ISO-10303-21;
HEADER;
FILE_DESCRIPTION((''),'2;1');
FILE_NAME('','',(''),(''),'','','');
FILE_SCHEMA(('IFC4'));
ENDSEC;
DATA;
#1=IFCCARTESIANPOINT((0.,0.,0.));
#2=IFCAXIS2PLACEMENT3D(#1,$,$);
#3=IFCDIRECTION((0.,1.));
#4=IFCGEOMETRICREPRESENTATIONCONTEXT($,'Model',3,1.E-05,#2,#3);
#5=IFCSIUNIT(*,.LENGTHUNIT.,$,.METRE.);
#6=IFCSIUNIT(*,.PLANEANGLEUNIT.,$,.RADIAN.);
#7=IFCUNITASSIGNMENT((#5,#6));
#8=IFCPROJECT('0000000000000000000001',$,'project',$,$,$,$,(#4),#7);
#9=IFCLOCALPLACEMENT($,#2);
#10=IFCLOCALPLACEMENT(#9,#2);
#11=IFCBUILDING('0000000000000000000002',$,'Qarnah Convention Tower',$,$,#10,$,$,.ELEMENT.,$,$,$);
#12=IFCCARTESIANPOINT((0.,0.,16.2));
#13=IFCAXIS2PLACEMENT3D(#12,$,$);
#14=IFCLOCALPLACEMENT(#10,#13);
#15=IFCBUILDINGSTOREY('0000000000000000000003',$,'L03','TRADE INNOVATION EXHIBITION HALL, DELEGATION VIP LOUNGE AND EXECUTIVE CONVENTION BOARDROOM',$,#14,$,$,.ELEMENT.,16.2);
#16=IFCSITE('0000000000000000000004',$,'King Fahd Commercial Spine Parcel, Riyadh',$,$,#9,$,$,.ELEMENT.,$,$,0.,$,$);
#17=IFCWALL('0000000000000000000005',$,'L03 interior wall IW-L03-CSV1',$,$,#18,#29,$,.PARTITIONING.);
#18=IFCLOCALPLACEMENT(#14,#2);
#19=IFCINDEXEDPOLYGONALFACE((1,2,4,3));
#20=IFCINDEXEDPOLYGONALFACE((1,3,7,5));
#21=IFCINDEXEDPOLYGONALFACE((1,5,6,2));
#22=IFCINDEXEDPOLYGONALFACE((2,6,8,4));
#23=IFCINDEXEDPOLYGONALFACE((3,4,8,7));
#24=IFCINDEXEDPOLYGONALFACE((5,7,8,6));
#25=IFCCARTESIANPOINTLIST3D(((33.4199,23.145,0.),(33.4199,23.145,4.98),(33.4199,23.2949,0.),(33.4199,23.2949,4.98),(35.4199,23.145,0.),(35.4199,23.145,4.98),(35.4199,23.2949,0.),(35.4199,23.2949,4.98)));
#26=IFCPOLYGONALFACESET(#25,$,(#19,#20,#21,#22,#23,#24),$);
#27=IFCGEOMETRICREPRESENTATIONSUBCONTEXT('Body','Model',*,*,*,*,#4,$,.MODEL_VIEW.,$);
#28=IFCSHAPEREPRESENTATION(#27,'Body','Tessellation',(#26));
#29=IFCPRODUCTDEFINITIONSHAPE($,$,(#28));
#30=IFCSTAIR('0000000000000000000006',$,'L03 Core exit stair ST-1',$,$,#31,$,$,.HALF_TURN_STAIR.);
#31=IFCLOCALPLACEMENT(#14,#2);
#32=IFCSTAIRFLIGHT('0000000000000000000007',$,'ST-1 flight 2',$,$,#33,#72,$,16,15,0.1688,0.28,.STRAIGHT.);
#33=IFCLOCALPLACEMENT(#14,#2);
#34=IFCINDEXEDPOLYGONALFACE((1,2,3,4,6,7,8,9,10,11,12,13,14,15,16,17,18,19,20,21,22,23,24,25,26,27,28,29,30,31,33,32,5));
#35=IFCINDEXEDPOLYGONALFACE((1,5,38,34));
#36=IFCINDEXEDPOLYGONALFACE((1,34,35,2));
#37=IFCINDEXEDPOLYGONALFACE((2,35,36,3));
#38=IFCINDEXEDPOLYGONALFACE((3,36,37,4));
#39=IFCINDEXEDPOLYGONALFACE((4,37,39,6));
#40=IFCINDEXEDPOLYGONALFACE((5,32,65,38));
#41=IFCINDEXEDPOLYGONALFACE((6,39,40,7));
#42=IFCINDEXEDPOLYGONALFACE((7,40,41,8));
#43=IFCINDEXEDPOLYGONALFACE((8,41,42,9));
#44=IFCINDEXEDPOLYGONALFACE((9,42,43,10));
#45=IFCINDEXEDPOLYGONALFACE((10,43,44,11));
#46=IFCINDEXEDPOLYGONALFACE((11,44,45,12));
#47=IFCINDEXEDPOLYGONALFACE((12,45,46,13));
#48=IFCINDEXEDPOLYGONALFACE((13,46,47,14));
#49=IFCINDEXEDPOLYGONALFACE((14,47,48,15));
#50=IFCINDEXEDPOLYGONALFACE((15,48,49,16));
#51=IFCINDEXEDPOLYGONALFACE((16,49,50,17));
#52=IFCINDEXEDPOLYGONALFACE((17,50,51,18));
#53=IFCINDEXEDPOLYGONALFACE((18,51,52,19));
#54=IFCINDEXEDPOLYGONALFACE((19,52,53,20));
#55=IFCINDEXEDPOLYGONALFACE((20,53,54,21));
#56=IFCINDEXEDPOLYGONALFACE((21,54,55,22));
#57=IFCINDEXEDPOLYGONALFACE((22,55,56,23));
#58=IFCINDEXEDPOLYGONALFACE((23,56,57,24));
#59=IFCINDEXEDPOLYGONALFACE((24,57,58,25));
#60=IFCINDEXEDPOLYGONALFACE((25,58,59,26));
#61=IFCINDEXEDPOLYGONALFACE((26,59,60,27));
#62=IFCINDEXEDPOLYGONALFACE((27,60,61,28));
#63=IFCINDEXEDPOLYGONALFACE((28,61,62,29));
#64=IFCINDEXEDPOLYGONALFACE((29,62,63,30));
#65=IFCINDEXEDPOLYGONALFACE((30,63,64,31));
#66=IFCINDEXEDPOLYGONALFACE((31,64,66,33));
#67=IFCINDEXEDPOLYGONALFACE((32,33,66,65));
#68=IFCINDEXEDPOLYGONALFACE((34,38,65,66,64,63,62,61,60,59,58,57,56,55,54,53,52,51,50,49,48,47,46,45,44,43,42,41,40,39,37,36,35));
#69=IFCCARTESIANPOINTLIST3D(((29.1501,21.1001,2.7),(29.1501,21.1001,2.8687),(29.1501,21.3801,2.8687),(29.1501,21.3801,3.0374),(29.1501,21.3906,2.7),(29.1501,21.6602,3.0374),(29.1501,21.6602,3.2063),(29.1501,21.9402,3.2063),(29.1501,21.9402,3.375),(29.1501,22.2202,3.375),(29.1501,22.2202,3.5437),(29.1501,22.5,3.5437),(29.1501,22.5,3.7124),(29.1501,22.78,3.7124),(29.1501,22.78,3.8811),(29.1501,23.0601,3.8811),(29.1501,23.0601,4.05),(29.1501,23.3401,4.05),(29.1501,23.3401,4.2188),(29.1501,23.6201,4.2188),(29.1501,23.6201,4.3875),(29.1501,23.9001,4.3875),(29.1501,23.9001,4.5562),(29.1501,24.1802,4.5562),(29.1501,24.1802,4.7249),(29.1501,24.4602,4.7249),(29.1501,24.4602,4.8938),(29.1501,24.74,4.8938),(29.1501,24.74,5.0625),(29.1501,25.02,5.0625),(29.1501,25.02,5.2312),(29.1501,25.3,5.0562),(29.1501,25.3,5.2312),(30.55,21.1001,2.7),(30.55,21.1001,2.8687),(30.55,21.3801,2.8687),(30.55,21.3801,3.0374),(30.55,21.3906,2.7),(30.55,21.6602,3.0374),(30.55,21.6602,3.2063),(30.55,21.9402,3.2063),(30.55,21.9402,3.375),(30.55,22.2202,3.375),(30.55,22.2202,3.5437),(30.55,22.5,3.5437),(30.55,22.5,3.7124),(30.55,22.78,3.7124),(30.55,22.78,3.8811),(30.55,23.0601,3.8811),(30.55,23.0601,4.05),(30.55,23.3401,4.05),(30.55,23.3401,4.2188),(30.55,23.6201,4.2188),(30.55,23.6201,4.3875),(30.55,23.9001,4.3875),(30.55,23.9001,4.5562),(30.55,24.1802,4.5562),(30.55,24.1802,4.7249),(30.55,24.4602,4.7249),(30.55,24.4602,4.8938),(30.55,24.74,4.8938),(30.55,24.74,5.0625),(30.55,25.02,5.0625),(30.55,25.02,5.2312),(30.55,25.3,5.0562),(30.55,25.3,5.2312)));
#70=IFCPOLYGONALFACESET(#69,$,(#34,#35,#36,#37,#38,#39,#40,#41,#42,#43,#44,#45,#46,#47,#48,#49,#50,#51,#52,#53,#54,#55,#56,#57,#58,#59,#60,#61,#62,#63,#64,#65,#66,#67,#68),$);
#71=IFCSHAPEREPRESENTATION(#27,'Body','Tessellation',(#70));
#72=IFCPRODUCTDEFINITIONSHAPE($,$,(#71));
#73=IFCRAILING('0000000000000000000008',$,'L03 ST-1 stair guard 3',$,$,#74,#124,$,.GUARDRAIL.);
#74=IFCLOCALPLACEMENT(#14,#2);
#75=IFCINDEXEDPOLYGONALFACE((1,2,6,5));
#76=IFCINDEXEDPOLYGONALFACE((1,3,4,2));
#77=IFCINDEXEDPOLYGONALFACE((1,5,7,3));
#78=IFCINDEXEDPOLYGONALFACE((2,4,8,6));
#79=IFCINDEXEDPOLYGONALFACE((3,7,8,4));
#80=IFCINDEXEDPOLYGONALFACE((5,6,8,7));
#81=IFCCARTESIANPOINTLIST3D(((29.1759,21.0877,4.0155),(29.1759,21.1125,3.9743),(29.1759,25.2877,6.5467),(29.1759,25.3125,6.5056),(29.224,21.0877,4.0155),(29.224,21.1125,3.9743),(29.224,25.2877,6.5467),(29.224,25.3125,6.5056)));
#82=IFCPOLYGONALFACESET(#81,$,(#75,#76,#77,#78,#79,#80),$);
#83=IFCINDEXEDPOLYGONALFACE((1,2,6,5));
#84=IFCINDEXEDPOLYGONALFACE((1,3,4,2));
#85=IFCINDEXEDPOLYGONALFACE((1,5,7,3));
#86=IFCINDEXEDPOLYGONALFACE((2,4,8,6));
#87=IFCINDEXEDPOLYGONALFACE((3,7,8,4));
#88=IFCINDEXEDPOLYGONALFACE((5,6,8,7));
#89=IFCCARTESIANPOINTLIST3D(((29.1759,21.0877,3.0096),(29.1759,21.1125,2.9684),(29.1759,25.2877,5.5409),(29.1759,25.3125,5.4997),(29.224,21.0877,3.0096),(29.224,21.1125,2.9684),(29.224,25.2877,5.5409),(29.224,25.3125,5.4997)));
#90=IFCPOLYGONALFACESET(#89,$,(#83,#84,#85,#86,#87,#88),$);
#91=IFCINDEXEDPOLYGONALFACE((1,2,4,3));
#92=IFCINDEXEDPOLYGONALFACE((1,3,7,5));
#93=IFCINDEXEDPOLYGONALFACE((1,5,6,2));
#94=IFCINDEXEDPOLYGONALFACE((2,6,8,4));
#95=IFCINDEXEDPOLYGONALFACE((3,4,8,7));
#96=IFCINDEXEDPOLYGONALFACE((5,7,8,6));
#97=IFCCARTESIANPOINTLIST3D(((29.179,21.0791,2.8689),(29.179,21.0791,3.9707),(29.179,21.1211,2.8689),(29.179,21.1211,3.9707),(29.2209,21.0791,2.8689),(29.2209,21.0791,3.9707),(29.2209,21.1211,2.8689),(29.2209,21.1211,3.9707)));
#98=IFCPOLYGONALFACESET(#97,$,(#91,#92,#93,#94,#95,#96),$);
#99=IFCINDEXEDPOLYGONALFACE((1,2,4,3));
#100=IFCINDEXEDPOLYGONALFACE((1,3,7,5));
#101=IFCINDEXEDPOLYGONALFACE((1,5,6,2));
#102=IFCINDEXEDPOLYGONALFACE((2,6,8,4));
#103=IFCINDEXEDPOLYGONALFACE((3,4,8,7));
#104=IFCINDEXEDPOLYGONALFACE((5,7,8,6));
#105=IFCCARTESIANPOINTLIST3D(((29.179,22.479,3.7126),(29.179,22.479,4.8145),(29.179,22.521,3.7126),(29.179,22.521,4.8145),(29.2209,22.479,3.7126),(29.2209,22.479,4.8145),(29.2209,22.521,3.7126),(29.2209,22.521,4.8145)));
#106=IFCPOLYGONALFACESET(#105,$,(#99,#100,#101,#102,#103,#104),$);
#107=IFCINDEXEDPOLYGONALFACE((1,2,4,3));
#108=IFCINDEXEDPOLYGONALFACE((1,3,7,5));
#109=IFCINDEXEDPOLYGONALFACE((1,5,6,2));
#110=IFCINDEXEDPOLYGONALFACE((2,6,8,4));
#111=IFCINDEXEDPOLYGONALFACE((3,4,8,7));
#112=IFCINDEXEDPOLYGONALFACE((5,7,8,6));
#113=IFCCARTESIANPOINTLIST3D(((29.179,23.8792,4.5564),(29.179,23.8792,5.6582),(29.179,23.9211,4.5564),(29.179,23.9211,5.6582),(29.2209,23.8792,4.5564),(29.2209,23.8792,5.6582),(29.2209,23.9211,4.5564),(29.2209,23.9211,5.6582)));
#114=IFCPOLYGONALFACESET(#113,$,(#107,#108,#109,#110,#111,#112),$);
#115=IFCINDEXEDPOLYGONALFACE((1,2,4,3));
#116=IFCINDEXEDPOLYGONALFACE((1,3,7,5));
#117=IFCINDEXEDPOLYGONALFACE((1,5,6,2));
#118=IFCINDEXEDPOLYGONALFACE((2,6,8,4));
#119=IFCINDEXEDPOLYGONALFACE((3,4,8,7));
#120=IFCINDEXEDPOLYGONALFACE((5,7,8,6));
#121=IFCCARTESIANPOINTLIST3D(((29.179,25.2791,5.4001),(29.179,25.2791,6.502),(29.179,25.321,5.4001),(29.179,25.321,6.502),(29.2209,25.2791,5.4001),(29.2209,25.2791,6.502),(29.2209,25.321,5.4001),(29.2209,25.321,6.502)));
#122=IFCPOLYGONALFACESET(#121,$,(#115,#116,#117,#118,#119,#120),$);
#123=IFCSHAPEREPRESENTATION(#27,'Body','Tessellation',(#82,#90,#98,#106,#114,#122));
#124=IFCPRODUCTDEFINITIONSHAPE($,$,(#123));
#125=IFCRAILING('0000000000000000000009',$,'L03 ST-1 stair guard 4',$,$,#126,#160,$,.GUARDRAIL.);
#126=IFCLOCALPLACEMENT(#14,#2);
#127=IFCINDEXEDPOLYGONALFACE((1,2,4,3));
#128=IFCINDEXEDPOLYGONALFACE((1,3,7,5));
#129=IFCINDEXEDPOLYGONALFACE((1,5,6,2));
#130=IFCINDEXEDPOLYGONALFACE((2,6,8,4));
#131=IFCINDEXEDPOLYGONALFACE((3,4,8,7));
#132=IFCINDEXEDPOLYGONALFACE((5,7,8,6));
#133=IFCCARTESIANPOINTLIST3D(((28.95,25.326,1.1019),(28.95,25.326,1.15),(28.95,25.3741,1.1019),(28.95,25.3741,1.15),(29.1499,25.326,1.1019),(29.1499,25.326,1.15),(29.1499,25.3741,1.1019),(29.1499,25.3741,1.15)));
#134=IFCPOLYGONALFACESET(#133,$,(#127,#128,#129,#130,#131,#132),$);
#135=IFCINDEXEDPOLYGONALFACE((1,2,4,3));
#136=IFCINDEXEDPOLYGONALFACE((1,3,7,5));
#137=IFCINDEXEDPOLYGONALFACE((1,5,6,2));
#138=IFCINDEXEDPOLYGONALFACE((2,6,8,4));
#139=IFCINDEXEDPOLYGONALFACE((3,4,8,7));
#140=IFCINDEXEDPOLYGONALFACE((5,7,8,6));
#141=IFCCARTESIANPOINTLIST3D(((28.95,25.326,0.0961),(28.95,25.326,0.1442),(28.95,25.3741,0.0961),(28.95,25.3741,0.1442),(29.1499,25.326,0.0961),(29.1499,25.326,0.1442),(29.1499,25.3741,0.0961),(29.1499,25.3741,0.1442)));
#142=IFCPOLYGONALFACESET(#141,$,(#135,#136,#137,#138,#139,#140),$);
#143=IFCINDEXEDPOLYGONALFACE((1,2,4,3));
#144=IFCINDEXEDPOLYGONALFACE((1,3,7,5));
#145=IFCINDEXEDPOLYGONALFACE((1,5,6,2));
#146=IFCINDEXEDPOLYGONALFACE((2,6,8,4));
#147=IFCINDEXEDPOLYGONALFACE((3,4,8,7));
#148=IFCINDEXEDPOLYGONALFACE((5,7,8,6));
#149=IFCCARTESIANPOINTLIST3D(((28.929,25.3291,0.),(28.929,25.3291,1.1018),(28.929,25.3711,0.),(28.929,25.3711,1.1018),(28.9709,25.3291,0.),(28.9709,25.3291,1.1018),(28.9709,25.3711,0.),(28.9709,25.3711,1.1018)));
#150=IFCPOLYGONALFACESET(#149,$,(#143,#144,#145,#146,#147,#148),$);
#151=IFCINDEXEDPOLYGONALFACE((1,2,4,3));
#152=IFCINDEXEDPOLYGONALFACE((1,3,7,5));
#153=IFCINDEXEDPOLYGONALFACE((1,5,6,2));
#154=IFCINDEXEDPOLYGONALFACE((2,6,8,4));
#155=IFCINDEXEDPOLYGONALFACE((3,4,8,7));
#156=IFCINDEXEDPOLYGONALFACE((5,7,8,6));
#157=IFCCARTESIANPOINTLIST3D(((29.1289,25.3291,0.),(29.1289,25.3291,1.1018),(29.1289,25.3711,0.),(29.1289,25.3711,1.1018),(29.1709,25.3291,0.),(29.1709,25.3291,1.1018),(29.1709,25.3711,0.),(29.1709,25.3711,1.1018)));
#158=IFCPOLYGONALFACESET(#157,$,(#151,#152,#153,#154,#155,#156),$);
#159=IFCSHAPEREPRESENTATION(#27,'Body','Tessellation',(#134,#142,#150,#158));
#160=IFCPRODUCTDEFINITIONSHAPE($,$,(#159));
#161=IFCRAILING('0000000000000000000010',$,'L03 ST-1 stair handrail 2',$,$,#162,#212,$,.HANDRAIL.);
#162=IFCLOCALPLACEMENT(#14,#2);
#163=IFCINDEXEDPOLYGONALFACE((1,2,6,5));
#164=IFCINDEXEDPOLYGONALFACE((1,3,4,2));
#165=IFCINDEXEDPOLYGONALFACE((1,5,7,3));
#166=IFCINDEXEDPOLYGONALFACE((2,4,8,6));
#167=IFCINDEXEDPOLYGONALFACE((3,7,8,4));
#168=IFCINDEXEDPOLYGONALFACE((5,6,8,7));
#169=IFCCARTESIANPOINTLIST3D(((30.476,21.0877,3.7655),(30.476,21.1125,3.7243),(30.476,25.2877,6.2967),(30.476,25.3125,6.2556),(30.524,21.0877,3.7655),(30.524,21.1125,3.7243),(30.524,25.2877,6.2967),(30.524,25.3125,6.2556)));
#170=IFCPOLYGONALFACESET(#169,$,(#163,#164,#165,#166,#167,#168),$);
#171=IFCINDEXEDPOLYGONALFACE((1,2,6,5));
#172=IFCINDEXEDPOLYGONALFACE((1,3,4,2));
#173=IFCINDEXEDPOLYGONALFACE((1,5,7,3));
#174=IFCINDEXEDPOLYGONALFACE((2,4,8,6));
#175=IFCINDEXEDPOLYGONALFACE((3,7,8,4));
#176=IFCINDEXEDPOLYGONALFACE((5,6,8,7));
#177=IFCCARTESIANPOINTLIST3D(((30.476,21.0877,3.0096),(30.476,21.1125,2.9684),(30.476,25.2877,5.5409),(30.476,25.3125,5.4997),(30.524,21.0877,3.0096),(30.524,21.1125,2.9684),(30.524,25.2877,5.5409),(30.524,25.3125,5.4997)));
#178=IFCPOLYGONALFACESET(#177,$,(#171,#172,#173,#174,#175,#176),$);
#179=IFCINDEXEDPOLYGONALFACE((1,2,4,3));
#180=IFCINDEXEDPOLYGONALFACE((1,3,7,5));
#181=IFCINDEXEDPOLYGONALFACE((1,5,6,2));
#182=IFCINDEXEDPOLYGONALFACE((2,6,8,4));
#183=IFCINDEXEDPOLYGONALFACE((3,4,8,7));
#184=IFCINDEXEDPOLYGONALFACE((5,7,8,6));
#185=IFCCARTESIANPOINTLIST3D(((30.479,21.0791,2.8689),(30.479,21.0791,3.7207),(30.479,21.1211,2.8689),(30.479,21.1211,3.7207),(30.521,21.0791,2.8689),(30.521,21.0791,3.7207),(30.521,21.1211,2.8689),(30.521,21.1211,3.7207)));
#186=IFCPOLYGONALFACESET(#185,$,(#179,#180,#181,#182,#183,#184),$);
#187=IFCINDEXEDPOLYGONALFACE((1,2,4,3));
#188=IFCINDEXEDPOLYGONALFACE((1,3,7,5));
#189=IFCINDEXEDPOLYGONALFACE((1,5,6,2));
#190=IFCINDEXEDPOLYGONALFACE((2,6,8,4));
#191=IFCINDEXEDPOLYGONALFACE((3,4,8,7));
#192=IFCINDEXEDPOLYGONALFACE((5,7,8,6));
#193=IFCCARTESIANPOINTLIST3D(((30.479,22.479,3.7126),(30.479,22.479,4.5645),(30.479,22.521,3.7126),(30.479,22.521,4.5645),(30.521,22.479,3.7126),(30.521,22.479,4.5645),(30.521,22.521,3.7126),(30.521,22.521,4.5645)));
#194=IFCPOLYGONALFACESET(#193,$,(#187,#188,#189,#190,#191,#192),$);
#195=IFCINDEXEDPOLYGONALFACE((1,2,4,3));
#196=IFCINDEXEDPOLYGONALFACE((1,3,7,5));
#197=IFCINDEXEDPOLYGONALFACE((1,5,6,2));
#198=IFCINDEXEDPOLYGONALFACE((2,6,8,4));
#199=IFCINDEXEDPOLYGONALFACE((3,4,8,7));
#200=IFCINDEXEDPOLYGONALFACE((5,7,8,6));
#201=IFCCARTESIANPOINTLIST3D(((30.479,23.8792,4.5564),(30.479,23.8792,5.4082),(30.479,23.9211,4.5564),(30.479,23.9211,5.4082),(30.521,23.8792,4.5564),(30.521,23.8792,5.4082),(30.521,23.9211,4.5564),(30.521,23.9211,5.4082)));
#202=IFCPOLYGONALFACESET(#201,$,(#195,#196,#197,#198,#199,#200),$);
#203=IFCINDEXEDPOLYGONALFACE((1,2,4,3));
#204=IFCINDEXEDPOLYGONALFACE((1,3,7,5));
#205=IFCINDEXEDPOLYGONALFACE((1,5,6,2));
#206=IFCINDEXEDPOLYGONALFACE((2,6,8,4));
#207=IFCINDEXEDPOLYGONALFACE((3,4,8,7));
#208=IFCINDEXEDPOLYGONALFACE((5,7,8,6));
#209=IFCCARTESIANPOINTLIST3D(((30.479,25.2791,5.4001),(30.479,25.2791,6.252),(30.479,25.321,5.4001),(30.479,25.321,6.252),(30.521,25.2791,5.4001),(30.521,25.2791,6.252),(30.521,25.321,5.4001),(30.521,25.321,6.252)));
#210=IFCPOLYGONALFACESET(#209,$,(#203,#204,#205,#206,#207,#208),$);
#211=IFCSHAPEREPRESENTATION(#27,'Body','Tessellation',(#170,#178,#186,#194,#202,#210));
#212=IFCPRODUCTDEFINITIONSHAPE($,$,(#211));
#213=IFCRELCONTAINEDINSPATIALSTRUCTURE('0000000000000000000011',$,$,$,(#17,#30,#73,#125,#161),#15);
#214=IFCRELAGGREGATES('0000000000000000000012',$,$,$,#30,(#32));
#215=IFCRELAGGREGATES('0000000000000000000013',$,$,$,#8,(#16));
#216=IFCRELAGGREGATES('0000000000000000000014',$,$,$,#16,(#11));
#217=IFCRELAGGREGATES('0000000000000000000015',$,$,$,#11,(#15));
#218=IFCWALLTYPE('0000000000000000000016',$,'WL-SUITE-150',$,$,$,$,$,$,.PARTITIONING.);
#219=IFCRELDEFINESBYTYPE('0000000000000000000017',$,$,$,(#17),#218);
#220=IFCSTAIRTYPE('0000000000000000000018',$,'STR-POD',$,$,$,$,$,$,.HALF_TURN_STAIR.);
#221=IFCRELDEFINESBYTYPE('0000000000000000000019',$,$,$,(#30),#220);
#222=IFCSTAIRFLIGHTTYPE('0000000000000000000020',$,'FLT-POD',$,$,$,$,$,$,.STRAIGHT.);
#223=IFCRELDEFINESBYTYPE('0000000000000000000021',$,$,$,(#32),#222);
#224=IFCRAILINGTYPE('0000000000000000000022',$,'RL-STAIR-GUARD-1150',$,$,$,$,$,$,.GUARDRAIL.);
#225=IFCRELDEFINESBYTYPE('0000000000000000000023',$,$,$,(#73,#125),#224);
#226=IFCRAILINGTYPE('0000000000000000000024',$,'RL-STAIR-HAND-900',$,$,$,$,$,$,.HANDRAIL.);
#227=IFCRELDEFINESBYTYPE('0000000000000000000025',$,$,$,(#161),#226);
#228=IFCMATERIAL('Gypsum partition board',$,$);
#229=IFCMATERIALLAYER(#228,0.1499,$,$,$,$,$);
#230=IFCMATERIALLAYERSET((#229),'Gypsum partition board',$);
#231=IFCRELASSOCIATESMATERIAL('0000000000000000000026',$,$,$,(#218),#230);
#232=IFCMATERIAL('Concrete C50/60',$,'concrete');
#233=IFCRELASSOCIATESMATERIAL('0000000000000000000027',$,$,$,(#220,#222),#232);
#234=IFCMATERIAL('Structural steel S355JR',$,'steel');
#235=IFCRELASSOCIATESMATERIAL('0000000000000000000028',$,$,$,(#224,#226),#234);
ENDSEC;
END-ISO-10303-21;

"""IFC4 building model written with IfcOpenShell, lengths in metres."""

from ifc_helpers import new_model, si_unit, direction, frame, frame_2d, origin, origin_2d, place, context, subcontext, project, spatial, polyline, rectangle, outline, extrude, material, layer, layer_set, type_object, element, aggregate, save


model = new_model("IFC4")

# Units and contexts
model_context = context("Model", 3, precision=1e-05, world=origin(), true_north=direction((0.0, 1.0)))
body_context = subcontext(model_context, "Body", "Model", "MODEL_VIEW")
ifc_project = project(units=[si_unit("LENGTHUNIT", "METRE"), si_unit("PLANEANGLEUNIT", "RADIAN")], contexts=[model_context])

# Site, building, storey
site_placement = place(None, origin())
site = spatial("IfcSite", under=ifc_project, at=site_placement, Name="King Fahd Commercial Spine Parcel, Riyadh", CompositionType="ELEMENT", RefElevation=0.0)
building_placement = place(site_placement, origin())
building = spatial("IfcBuilding", under=site, at=building_placement, Name="Qarnah Convention Tower", CompositionType="ELEMENT")
storey_placement = place(building_placement, frame((0.0, 0.0, 16.2)))
storey = spatial("IfcBuildingStorey", under=building, at=storey_placement, Name="L03", Description="TRADE INNOVATION EXHIBITION HALL, DELEGATION VIP LOUNGE AND EXECUTIVE CONVENTION BOARDROOM", CompositionType="ELEMENT", Elevation=16.2)

# Shared definitions
ifc_material_1 = material(Name="Structural steel S355JR", Category="steel")

# Wall
ifc_material_2 = material(Name="Gypsum partition board")
ifc_layer_1 = layer(ifc_material_2, 0.1499)
ifc_layer_set_1 = layer_set([ifc_layer_1], Name="Gypsum partition board")
wall_type_1 = type_object("IfcWallType", Name="WL-SUITE-150", PredefinedType="PARTITIONING", material=ifc_layer_set_1)
wall_1_placement = place(storey_placement, frame((33.4199, 23.22, 0.0), z_axis=(0.0, 0.0, 1.0), x_axis=(1.0, 0.0, 0.0)))
element("IfcWall", 1, at=wall_1_placement, inside=storey, type_object=wall_type_1, Name="L03 interior wall IW-L03-CSV1", PredefinedType="PARTITIONING", context=body_context, shape_type="SweptSolid", body=[
    extrude(rectangle(XDim=2.0, YDim=0.1499, at=frame_2d((1.0, 0.0))), origin(), (0.0, 0.0, 1.0), 4.98),
])

# Stair, stair flight
ifc_material_3 = material(Name="Concrete C50/60", Category="concrete")
stair_type = type_object("IfcStairType", Name="STR-POD", PredefinedType="HALF_TURN_STAIR", material=ifc_material_3)
stair_placement = place(storey_placement, origin())
stair = element("IfcStair", 2, at=stair_placement, inside=storey, type_object=stair_type, Name="L03 Core exit stair ST-1", PredefinedType="HALF_TURN_STAIR")
stair_flight_type = type_object("IfcStairFlightType", Name="FLT-POD", PredefinedType="STRAIGHT", material=ifc_material_3)
stair_flight_placement = place(storey_placement, frame((29.8501, 21.1001, 2.7), z_axis=(0.0, 0.0, 1.0), x_axis=(0.0, 1.0, 0.0)))
stair_flight = element("IfcStairFlight", 3, at=stair_flight_placement, type_object=stair_flight_type, Name="ST-1 flight 2", NumberOfRisers=16, NumberOfTreads=15, PredefinedType="STRAIGHT", RiserHeight=0.1688, TreadLength=0.28, context=body_context, shape_type="SweptSolid", body=[
    extrude(outline(polyline([(0.0, 0.0), (0.0, 0.1687), (0.28, 0.1687), (0.28, 0.3374), (0.5601, 0.3374), (0.5601, 0.5063), (0.8401, 0.5063), (0.8401, 0.675), (1.1201, 0.675), (1.1201, 0.8438), (1.3999, 0.8438), (1.3999, 1.0125), (1.6799, 1.0125), (1.6799, 1.1812), (1.96, 1.1812), (1.96, 1.3501), (2.24, 1.3501), (2.24, 1.5188), (2.52, 1.5188), (2.52, 1.6875), (2.8, 1.6875), (2.8, 1.8562), (3.0801, 1.8562), (3.0801, 2.0249), (3.3601, 2.0249), (3.3601, 2.1938), (3.6399, 2.1938), (3.6399, 2.3625), (3.9199, 2.3625), (3.9199, 2.5312), (4.2, 2.5312), (4.2, 2.7), (4.2, 2.3562), (0.2905, 0.0), (0.0, 0.0)])), frame((0.0, 0.7, 0.0), z_axis=(0.0, -1.0, 0.0), x_axis=(1.0, 0.0, 0.0)), (0.0, 0.0, 1.0), 1.3999),
])
aggregate(stair, [stair_flight])

# Railings
railing_type_1 = type_object("IfcRailingType", Name="RL-STAIR-GUARD-1150", PredefinedType="GUARDRAIL", material=ifc_material_1)
railing_1_placement = place(storey_placement, frame((29.2, 21.1001, 2.8689)))
element("IfcRailing", 4, at=railing_1_placement, inside=storey, type_object=railing_type_1, Name="L03 ST-1 stair guard 3", PredefinedType="GUARDRAIL", context=body_context, shape_type="SweptSolid", body=[
    extrude(rectangle(XDim=0.0481, YDim=0.0481, at=origin_2d()), frame((0.0, 0.0, 1.126), z_axis=(0.0, 0.856476, 0.516186), x_axis=(-1.0, 0.0, 0.0)), (0.0, 0.0, 1.0), 4.9038),
    extrude(rectangle(XDim=0.0481, YDim=0.0481, at=origin_2d()), frame((0.0, 0.0, 0.1201), z_axis=(0.0, 0.856476, 0.516186), x_axis=(-1.0, 0.0, 0.0)), (0.0, 0.0, 1.0), 4.9038),
    extrude(rectangle(XDim=0.042, YDim=0.042, at=origin_2d()), origin(), (0.0, 0.0, 1.0), 1.1018),
    extrude(rectangle(XDim=0.042, YDim=0.042, at=origin_2d()), frame((0.0, 1.3999, 0.8438)), (0.0, 0.0, 1.0), 1.1018),
    extrude(rectangle(XDim=0.042, YDim=0.042, at=origin_2d()), frame((0.0, 2.8, 1.6875)), (0.0, 0.0, 1.0), 1.1018),
    extrude(rectangle(XDim=0.042, YDim=0.042, at=origin_2d()), frame((0.0, 4.2, 2.5312)), (0.0, 0.0, 1.0), 1.1018),
])
railing_2_placement = place(storey_placement, frame((28.95, 25.3501, 0.0)))
element("IfcRailing", 5, at=railing_2_placement, inside=storey, type_object=railing_type_1, Name="L03 ST-1 stair guard 4", PredefinedType="GUARDRAIL", context=body_context, shape_type="SweptSolid", body=[
    extrude(rectangle(XDim=0.0481, YDim=0.0481, at=origin_2d()), frame((0.0, 0.0, 1.126), z_axis=(1.0, 0.0, 0.0), x_axis=(0.0, 1.0, 0.0)), (0.0, 0.0, 1.0), 0.2),
    extrude(rectangle(XDim=0.0481, YDim=0.0481, at=origin_2d()), frame((0.0, 0.0, 0.1201), z_axis=(1.0, 0.0, 0.0), x_axis=(0.0, 1.0, 0.0)), (0.0, 0.0, 1.0), 0.2),
    extrude(rectangle(XDim=0.042, YDim=0.042, at=origin_2d()), origin(), (0.0, 0.0, 1.0), 1.1018),
    extrude(rectangle(XDim=0.042, YDim=0.042, at=origin_2d()), frame((0.2, 0.0, 0.0)), (0.0, 0.0, 1.0), 1.1018),
])
railing_type_2 = type_object("IfcRailingType", Name="RL-STAIR-HAND-900", PredefinedType="HANDRAIL", material=ifc_material_1)
railing_3_placement = place(storey_placement, frame((30.5, 21.1001, 2.8689)))
element("IfcRailing", 6, at=railing_3_placement, inside=storey, type_object=railing_type_2, Name="L03 ST-1 stair handrail 2", PredefinedType="HANDRAIL", context=body_context, shape_type="SweptSolid", body=[
    extrude(rectangle(XDim=0.0481, YDim=0.0481, at=origin_2d()), frame((0.0, 0.0, 0.876), z_axis=(0.0, 0.856476, 0.516186), x_axis=(-1.0, 0.0, 0.0)), (0.0, 0.0, 1.0), 4.9038),
    extrude(rectangle(XDim=0.0481, YDim=0.0481, at=origin_2d()), frame((0.0, 0.0, 0.1201), z_axis=(0.0, 0.856476, 0.516186), x_axis=(-1.0, 0.0, 0.0)), (0.0, 0.0, 1.0), 4.9038),
    extrude(rectangle(XDim=0.042, YDim=0.042, at=origin_2d()), origin(), (0.0, 0.0, 1.0), 0.8518),
    extrude(rectangle(XDim=0.042, YDim=0.042, at=origin_2d()), frame((0.0, 1.3999, 0.8438)), (0.0, 0.0, 1.0), 0.8518),
    extrude(rectangle(XDim=0.042, YDim=0.042, at=origin_2d()), frame((0.0, 2.8, 1.6875)), (0.0, 0.0, 1.0), 0.8518),
    extrude(rectangle(XDim=0.042, YDim=0.042, at=origin_2d()), frame((0.0, 4.2, 2.5312)), (0.0, 0.0, 1.0), 0.8518),
])

save(model, "model.ifc")
